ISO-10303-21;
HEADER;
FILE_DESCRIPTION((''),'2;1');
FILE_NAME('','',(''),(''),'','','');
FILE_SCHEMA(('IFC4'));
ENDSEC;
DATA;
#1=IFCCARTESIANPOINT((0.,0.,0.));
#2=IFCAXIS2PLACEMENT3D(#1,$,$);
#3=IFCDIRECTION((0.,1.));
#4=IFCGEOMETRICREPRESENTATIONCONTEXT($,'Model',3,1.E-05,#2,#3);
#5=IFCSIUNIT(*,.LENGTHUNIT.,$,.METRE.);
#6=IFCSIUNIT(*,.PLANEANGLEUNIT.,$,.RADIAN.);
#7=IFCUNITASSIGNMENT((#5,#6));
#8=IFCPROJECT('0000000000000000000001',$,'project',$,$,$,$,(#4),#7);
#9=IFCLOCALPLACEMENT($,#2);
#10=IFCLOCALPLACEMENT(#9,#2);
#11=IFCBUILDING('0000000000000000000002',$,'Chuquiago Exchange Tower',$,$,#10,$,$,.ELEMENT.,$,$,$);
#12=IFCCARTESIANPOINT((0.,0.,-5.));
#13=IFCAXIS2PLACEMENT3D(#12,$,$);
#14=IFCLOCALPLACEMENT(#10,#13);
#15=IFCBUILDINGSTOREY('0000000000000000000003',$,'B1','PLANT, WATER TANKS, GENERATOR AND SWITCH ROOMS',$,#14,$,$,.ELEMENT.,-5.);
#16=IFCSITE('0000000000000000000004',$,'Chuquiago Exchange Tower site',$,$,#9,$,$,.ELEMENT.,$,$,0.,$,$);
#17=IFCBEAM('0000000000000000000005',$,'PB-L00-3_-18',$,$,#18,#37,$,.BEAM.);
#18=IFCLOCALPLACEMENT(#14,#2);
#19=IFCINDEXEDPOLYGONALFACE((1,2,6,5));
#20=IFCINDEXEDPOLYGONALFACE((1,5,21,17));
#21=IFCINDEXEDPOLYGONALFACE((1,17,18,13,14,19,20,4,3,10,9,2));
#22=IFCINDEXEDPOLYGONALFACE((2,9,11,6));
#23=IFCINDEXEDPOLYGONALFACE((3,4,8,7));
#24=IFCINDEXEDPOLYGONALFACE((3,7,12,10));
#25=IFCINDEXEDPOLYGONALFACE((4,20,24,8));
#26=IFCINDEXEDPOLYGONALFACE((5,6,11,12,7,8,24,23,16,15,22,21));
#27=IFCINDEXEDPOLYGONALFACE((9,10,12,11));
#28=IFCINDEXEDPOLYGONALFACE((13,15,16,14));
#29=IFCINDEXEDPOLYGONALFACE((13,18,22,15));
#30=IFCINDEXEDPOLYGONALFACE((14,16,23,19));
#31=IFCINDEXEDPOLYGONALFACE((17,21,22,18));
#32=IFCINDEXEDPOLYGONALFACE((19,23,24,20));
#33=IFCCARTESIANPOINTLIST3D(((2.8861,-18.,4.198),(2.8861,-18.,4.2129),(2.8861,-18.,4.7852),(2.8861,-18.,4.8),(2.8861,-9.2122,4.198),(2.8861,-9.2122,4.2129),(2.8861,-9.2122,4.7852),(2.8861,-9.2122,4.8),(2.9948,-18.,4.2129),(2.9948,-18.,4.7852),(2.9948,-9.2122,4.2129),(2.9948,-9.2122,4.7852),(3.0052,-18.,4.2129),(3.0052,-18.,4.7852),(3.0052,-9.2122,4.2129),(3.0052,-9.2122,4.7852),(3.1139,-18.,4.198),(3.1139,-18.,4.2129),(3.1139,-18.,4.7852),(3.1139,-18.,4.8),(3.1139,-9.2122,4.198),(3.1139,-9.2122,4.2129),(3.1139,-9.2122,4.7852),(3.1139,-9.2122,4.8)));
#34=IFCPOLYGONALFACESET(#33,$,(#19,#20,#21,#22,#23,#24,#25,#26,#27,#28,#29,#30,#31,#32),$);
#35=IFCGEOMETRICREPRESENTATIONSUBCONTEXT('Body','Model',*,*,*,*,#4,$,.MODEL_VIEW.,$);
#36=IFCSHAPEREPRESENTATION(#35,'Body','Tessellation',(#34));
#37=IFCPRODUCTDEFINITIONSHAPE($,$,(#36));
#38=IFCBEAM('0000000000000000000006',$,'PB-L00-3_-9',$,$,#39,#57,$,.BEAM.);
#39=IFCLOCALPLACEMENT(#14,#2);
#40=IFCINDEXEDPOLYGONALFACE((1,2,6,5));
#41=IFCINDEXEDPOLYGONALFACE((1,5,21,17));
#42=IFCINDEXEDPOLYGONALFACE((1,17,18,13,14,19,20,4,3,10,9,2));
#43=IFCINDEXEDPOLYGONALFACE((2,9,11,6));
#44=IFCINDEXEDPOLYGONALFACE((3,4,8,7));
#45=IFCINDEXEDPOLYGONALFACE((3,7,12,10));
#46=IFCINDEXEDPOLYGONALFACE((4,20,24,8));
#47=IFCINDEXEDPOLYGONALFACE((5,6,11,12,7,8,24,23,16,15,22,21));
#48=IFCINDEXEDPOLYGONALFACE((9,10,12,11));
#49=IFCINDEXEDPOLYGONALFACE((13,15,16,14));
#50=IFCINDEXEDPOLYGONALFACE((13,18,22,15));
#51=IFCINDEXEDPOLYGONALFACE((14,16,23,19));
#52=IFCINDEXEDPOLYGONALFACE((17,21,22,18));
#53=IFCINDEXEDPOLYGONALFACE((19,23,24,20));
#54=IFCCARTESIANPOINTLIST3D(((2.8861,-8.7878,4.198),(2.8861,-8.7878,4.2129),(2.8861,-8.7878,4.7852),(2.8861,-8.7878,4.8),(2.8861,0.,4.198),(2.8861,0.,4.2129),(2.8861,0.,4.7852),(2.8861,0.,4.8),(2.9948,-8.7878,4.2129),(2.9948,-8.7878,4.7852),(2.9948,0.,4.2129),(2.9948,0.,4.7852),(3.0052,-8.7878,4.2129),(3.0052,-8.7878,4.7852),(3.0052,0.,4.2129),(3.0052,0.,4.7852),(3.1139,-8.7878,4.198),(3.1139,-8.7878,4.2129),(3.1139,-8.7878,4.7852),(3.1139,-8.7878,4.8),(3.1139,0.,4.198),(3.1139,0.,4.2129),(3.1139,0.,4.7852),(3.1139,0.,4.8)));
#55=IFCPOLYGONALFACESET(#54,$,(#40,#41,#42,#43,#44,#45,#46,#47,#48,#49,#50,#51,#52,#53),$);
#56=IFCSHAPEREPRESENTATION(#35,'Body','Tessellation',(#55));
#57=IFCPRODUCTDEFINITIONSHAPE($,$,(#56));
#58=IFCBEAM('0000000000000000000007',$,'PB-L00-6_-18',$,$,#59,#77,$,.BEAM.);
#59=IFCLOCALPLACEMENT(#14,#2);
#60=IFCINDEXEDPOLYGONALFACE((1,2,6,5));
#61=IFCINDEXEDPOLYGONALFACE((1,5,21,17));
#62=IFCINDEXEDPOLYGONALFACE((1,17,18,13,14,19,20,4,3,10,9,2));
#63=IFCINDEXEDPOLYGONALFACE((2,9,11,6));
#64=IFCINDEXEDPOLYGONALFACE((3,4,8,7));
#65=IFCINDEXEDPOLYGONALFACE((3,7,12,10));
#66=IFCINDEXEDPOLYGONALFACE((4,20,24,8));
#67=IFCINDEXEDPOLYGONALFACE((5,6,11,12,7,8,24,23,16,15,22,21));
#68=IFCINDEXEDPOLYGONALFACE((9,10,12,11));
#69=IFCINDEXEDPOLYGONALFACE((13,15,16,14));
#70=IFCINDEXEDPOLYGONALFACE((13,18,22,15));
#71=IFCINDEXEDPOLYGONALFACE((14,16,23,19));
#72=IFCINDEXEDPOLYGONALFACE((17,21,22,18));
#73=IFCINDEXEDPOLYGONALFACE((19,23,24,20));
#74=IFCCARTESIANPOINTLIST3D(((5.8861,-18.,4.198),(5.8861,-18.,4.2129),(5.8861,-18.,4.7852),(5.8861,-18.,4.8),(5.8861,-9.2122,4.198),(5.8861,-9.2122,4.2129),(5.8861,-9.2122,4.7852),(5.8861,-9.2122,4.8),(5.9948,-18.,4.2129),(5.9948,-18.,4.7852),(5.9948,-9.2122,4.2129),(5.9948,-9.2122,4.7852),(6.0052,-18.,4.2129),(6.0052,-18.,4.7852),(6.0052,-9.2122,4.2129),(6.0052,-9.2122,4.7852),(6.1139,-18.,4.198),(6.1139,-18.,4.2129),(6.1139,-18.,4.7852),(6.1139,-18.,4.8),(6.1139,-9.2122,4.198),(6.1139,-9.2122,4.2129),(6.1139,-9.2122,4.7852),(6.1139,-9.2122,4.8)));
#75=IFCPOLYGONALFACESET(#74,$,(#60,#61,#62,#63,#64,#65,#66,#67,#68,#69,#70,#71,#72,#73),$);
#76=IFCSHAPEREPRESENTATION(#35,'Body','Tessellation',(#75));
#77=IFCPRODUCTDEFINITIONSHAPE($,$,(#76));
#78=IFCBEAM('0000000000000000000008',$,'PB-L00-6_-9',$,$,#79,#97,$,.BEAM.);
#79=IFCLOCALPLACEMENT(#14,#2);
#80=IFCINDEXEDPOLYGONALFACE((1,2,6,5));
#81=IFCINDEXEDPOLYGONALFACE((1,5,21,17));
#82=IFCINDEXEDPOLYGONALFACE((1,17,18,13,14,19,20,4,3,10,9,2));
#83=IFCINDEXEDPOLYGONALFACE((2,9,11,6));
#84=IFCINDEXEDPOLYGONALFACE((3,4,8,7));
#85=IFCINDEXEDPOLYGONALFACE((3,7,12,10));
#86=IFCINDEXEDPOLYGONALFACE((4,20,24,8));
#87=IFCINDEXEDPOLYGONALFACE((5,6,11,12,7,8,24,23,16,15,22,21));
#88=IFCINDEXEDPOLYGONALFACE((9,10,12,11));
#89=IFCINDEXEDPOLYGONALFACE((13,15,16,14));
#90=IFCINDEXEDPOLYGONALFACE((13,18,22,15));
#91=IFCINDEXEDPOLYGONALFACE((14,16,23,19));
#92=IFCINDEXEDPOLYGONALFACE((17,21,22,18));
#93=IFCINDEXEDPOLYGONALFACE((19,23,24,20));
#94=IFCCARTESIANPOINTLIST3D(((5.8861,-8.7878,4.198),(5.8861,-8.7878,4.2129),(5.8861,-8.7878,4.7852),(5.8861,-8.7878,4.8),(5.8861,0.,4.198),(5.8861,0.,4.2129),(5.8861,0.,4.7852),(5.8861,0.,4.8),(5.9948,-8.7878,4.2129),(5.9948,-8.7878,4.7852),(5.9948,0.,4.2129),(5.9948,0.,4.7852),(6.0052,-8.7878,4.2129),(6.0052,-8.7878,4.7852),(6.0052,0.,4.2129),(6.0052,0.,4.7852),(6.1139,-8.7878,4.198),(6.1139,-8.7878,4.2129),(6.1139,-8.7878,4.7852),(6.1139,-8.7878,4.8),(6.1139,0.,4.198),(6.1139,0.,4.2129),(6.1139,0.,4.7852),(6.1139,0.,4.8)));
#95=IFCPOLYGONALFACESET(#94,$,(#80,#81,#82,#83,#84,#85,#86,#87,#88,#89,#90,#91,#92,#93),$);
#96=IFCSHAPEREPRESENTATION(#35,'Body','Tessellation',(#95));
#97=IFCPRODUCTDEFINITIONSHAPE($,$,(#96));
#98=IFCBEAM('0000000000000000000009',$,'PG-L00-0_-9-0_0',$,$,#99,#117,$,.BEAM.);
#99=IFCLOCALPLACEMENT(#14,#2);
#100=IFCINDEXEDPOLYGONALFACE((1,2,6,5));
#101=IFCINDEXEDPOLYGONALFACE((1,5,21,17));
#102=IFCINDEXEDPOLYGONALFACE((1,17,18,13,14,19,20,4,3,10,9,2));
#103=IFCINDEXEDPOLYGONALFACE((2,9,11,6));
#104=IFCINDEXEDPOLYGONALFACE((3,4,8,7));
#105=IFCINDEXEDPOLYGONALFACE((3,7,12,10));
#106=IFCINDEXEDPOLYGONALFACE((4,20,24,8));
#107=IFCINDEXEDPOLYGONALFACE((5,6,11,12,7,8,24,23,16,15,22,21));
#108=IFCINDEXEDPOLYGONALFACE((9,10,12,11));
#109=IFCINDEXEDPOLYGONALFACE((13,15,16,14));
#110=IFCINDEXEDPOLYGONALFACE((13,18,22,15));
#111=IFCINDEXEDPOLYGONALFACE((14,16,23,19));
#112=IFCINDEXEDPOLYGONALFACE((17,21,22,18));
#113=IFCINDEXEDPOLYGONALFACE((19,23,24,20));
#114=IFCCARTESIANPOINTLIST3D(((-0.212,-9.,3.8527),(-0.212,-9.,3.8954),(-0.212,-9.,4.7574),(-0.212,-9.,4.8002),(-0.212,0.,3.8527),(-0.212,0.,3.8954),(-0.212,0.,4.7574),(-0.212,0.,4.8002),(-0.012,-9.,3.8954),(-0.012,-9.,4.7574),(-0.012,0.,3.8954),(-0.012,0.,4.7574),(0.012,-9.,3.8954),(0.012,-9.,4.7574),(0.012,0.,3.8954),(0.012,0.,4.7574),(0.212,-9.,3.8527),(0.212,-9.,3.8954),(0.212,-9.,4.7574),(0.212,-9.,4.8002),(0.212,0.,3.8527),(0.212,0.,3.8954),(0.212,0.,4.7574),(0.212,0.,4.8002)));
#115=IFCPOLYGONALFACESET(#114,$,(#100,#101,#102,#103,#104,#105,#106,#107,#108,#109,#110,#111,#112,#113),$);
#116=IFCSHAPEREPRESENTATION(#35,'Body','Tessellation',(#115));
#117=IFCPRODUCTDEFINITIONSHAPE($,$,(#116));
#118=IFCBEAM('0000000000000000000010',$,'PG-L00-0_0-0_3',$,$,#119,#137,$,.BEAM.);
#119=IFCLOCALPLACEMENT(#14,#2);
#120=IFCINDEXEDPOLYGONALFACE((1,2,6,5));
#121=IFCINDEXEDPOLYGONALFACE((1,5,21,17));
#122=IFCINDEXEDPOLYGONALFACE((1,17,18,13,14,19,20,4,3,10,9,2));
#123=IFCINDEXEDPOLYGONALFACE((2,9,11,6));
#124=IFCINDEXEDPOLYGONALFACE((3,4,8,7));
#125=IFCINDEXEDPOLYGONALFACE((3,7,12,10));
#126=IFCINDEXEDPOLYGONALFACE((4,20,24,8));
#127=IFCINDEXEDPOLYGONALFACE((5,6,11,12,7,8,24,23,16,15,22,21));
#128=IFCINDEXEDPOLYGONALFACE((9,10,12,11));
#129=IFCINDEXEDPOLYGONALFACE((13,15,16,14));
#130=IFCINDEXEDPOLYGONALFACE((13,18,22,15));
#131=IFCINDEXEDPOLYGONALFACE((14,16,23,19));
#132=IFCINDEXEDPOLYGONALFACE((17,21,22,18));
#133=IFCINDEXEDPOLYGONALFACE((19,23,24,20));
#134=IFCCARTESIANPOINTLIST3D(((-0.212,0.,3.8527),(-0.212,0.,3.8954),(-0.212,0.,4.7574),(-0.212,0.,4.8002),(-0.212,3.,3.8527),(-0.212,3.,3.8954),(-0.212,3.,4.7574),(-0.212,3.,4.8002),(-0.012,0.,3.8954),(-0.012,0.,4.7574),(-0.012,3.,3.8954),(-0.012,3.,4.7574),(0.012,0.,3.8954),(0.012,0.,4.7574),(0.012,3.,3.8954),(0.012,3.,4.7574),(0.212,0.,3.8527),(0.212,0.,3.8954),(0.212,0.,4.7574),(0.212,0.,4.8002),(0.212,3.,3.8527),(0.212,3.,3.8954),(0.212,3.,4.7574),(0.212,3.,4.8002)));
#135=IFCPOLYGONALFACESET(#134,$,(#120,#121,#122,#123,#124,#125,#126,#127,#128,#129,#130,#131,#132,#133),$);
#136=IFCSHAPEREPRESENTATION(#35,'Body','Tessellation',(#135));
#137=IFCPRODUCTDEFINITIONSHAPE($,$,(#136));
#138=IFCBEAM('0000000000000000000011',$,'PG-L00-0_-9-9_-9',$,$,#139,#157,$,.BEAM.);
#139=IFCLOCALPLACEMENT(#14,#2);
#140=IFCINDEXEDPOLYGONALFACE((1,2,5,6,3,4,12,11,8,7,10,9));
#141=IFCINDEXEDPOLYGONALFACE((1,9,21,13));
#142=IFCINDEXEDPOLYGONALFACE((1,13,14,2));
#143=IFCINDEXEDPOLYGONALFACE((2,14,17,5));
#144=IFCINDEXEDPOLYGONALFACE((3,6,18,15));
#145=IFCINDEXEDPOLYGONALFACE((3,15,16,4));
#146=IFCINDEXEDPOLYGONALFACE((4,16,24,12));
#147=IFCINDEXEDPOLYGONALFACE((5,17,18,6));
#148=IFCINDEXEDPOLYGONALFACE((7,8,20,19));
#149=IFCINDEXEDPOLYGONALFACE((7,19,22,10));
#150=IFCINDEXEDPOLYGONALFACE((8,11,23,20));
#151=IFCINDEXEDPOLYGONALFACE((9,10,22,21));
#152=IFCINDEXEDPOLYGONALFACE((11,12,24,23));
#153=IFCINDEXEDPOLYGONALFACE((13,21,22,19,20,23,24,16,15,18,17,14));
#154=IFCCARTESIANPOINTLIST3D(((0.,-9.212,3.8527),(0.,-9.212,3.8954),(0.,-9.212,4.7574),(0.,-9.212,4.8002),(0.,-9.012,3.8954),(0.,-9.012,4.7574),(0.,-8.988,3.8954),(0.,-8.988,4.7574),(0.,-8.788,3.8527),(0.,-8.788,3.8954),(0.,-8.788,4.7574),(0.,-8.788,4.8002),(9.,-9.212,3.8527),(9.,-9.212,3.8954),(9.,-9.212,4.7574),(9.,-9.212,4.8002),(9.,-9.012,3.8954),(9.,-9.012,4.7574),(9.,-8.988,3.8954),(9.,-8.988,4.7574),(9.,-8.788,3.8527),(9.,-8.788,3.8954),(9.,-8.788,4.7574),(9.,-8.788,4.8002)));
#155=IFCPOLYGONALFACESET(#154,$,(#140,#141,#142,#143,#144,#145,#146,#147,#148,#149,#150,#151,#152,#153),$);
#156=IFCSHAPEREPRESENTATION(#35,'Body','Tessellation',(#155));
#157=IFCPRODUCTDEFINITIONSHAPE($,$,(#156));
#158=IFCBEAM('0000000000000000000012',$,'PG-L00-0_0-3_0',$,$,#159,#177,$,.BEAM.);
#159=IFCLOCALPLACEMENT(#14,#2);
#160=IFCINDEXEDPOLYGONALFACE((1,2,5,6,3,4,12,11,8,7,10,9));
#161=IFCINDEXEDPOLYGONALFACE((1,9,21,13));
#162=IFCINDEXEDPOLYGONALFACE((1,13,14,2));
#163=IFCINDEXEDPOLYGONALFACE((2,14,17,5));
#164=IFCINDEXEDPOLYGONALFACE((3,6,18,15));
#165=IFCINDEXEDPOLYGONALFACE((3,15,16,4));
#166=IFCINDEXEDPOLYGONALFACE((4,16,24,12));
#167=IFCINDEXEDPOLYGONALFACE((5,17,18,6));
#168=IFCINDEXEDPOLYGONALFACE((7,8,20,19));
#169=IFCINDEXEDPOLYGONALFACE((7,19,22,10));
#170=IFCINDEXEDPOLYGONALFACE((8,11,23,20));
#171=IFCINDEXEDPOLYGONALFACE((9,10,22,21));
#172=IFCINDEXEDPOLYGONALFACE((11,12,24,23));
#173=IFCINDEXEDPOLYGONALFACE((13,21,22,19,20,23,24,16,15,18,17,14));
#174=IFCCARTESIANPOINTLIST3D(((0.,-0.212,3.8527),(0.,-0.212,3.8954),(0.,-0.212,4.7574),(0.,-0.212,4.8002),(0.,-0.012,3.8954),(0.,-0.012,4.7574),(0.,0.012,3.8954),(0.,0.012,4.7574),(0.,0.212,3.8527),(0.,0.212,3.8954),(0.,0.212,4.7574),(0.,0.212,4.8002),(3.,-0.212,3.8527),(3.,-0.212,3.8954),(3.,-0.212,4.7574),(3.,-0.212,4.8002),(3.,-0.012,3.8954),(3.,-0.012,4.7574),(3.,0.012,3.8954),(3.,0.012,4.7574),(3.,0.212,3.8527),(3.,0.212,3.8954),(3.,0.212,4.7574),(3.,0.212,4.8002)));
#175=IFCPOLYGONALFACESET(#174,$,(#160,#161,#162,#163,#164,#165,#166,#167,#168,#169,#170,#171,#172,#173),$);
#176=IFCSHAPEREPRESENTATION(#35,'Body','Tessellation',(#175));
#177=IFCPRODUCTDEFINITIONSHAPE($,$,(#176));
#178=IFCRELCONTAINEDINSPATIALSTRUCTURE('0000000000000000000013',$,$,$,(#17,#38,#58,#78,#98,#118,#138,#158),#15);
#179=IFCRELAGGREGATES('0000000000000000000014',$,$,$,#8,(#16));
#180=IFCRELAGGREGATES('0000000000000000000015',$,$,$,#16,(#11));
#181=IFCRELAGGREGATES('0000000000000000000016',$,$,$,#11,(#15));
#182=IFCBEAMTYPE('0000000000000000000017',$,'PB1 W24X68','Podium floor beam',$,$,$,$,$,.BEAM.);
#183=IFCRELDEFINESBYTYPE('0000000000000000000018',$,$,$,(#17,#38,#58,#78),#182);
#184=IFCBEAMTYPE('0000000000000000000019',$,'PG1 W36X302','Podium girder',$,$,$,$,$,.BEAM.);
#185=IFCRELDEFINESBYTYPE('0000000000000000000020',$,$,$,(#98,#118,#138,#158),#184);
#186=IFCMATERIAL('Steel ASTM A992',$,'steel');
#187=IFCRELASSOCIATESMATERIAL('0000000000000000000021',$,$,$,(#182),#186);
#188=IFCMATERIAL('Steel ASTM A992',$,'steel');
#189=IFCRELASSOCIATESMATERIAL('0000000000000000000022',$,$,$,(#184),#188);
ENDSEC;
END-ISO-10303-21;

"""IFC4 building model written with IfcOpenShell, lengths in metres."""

from ifc_helpers import new_model, si_unit, direction, frame, origin, origin_2d, place, context, subcontext, project, spatial, i_section, extrude, material, material_profile, profile_set, type_object, element, save


model = new_model("IFC4")

# Units and contexts
model_context = context("Model", 3, precision=1e-05, world=origin(), true_north=direction((0.0, 1.0)))
body_context = subcontext(model_context, "Body", "Model", "MODEL_VIEW")
ifc_project = project(units=[si_unit("LENGTHUNIT", "METRE"), si_unit("PLANEANGLEUNIT", "RADIAN")], contexts=[model_context])

# Site, building, storey
site_placement = place(None, origin())
site = spatial("IfcSite", under=ifc_project, at=site_placement, Name="Chuquiago Exchange Tower site", CompositionType="ELEMENT", RefElevation=0.0)
building_placement = place(site_placement, origin())
building = spatial("IfcBuilding", under=site, at=building_placement, Name="Chuquiago Exchange Tower", CompositionType="ELEMENT")
storey_placement = place(building_placement, frame((0.0, 0.0, -5.0)))
storey = spatial("IfcBuildingStorey", under=building, at=storey_placement, Name="B1", Description="PLANT, WATER TANKS, GENERATOR AND SWITCH ROOMS", CompositionType="ELEMENT", Elevation=-5.0)

# Beams
ifc_material_1 = material(Name="Steel ASTM A992", Category="steel")
ifc_material_profile_1 = material_profile(ifc_material_1, i_section(OverallWidth=0.2278, OverallDepth=0.6021, WebThickness=0.0105, FlangeThickness=0.0149, at=origin_2d()), Name="W24X68")
ifc_profile_set_1 = profile_set([ifc_material_profile_1], Name="Steel ASTM A992")
beam_type_1 = type_object("IfcBeamType", Name="PB1 W24X68", Description="Podium floor beam", PredefinedType="BEAM", material=ifc_profile_set_1)
for number, where, z_axis, x_axis, name in (
    (1, (3.0, -18.0, 4.499), (0.0, 1.0, 0.0), (-1.0, 0.0, 0.0), "PB-L00-3_-18"),
    (2, (3.0, -8.7878, 4.499), (0.0, 1.0, 0.0), (-1.0, 0.0, 0.0), "PB-L00-3_-9"),
    (3, (6.0, -18.0, 4.499), (0.0, 1.0, 0.0), (-1.0, 0.0, 0.0), "PB-L00-6_-18"),
    (4, (6.0, -8.7878, 4.499), (0.0, 1.0, 0.0), (-1.0, 0.0, 0.0), "PB-L00-6_-9"),
):
    element("IfcBeam", number, at=place(storey_placement, frame(where, z_axis=z_axis, x_axis=x_axis)), inside=storey, type_object=beam_type_1, Name=name, PredefinedType="BEAM", context=body_context, shape_type="SweptSolid", body=[
        extrude(i_section(OverallWidth=0.2278, OverallDepth=0.6021, WebThickness=0.0105, FlangeThickness=0.0149, at=origin_2d()), origin(), (0.0, 0.0, 1.0), 8.7878),
    ])
ifc_material_2 = material(Name="Steel ASTM A992", Category="steel")
ifc_material_profile_2 = material_profile(ifc_material_2, i_section(OverallWidth=0.4241, OverallDepth=0.9475, WebThickness=0.0239, FlangeThickness=0.0427, at=origin_2d()), Name="W36X302")
ifc_profile_set_2 = profile_set([ifc_material_profile_2], Name="Steel ASTM A992")
beam_type_2 = type_object("IfcBeamType", Name="PG1 W36X302", Description="Podium girder", PredefinedType="BEAM", material=ifc_profile_set_2)
beam_1_placement = place(storey_placement, frame((0.0, -9.0, 4.3264), z_axis=(0.0, 1.0, 0.0), x_axis=(-1.0, 0.0, 0.0)))
element("IfcBeam", 5, at=beam_1_placement, inside=storey, type_object=beam_type_2, Name="PG-L00-0_-9-0_0", PredefinedType="BEAM", context=body_context, shape_type="SweptSolid", body=[
    extrude(i_section(OverallWidth=0.4241, OverallDepth=0.9475, WebThickness=0.0239, FlangeThickness=0.0427, at=origin_2d()), origin(), (0.0, 0.0, 1.0), 9.0),
])
beam_2_placement = place(storey_placement, frame((0.0, 0.0, 4.3264), z_axis=(0.0, 1.0, 0.0), x_axis=(-1.0, 0.0, 0.0)))
element("IfcBeam", 6, at=beam_2_placement, inside=storey, type_object=beam_type_2, Name="PG-L00-0_0-0_3", PredefinedType="BEAM", context=body_context, shape_type="SweptSolid", body=[
    extrude(i_section(OverallWidth=0.4241, OverallDepth=0.9475, WebThickness=0.0239, FlangeThickness=0.0427, at=origin_2d()), origin(), (0.0, 0.0, 1.0), 3.0),
])
beam_3_placement = place(storey_placement, frame((0.0, -9.0, 4.3264), z_axis=(1.0, 0.0, 0.0), x_axis=(0.0, 1.0, 0.0)))
element("IfcBeam", 7, at=beam_3_placement, inside=storey, type_object=beam_type_2, Name="PG-L00-0_-9-9_-9", PredefinedType="BEAM", context=body_context, shape_type="SweptSolid", body=[
    extrude(i_section(OverallWidth=0.4241, OverallDepth=0.9475, WebThickness=0.0239, FlangeThickness=0.0427, at=origin_2d()), origin(), (0.0, 0.0, 1.0), 9.0),
])
beam_4_placement = place(storey_placement, frame((0.0, 0.0, 4.3264), z_axis=(1.0, 0.0, 0.0), x_axis=(0.0, 1.0, 0.0)))
element("IfcBeam", 8, at=beam_4_placement, inside=storey, type_object=beam_type_2, Name="PG-L00-0_0-3_0", PredefinedType="BEAM", context=body_context, shape_type="SweptSolid", body=[
    extrude(i_section(OverallWidth=0.4241, OverallDepth=0.9475, WebThickness=0.0239, FlangeThickness=0.0427, at=origin_2d()), origin(), (0.0, 0.0, 1.0), 3.0),
])

save(model, "model.ifc")
